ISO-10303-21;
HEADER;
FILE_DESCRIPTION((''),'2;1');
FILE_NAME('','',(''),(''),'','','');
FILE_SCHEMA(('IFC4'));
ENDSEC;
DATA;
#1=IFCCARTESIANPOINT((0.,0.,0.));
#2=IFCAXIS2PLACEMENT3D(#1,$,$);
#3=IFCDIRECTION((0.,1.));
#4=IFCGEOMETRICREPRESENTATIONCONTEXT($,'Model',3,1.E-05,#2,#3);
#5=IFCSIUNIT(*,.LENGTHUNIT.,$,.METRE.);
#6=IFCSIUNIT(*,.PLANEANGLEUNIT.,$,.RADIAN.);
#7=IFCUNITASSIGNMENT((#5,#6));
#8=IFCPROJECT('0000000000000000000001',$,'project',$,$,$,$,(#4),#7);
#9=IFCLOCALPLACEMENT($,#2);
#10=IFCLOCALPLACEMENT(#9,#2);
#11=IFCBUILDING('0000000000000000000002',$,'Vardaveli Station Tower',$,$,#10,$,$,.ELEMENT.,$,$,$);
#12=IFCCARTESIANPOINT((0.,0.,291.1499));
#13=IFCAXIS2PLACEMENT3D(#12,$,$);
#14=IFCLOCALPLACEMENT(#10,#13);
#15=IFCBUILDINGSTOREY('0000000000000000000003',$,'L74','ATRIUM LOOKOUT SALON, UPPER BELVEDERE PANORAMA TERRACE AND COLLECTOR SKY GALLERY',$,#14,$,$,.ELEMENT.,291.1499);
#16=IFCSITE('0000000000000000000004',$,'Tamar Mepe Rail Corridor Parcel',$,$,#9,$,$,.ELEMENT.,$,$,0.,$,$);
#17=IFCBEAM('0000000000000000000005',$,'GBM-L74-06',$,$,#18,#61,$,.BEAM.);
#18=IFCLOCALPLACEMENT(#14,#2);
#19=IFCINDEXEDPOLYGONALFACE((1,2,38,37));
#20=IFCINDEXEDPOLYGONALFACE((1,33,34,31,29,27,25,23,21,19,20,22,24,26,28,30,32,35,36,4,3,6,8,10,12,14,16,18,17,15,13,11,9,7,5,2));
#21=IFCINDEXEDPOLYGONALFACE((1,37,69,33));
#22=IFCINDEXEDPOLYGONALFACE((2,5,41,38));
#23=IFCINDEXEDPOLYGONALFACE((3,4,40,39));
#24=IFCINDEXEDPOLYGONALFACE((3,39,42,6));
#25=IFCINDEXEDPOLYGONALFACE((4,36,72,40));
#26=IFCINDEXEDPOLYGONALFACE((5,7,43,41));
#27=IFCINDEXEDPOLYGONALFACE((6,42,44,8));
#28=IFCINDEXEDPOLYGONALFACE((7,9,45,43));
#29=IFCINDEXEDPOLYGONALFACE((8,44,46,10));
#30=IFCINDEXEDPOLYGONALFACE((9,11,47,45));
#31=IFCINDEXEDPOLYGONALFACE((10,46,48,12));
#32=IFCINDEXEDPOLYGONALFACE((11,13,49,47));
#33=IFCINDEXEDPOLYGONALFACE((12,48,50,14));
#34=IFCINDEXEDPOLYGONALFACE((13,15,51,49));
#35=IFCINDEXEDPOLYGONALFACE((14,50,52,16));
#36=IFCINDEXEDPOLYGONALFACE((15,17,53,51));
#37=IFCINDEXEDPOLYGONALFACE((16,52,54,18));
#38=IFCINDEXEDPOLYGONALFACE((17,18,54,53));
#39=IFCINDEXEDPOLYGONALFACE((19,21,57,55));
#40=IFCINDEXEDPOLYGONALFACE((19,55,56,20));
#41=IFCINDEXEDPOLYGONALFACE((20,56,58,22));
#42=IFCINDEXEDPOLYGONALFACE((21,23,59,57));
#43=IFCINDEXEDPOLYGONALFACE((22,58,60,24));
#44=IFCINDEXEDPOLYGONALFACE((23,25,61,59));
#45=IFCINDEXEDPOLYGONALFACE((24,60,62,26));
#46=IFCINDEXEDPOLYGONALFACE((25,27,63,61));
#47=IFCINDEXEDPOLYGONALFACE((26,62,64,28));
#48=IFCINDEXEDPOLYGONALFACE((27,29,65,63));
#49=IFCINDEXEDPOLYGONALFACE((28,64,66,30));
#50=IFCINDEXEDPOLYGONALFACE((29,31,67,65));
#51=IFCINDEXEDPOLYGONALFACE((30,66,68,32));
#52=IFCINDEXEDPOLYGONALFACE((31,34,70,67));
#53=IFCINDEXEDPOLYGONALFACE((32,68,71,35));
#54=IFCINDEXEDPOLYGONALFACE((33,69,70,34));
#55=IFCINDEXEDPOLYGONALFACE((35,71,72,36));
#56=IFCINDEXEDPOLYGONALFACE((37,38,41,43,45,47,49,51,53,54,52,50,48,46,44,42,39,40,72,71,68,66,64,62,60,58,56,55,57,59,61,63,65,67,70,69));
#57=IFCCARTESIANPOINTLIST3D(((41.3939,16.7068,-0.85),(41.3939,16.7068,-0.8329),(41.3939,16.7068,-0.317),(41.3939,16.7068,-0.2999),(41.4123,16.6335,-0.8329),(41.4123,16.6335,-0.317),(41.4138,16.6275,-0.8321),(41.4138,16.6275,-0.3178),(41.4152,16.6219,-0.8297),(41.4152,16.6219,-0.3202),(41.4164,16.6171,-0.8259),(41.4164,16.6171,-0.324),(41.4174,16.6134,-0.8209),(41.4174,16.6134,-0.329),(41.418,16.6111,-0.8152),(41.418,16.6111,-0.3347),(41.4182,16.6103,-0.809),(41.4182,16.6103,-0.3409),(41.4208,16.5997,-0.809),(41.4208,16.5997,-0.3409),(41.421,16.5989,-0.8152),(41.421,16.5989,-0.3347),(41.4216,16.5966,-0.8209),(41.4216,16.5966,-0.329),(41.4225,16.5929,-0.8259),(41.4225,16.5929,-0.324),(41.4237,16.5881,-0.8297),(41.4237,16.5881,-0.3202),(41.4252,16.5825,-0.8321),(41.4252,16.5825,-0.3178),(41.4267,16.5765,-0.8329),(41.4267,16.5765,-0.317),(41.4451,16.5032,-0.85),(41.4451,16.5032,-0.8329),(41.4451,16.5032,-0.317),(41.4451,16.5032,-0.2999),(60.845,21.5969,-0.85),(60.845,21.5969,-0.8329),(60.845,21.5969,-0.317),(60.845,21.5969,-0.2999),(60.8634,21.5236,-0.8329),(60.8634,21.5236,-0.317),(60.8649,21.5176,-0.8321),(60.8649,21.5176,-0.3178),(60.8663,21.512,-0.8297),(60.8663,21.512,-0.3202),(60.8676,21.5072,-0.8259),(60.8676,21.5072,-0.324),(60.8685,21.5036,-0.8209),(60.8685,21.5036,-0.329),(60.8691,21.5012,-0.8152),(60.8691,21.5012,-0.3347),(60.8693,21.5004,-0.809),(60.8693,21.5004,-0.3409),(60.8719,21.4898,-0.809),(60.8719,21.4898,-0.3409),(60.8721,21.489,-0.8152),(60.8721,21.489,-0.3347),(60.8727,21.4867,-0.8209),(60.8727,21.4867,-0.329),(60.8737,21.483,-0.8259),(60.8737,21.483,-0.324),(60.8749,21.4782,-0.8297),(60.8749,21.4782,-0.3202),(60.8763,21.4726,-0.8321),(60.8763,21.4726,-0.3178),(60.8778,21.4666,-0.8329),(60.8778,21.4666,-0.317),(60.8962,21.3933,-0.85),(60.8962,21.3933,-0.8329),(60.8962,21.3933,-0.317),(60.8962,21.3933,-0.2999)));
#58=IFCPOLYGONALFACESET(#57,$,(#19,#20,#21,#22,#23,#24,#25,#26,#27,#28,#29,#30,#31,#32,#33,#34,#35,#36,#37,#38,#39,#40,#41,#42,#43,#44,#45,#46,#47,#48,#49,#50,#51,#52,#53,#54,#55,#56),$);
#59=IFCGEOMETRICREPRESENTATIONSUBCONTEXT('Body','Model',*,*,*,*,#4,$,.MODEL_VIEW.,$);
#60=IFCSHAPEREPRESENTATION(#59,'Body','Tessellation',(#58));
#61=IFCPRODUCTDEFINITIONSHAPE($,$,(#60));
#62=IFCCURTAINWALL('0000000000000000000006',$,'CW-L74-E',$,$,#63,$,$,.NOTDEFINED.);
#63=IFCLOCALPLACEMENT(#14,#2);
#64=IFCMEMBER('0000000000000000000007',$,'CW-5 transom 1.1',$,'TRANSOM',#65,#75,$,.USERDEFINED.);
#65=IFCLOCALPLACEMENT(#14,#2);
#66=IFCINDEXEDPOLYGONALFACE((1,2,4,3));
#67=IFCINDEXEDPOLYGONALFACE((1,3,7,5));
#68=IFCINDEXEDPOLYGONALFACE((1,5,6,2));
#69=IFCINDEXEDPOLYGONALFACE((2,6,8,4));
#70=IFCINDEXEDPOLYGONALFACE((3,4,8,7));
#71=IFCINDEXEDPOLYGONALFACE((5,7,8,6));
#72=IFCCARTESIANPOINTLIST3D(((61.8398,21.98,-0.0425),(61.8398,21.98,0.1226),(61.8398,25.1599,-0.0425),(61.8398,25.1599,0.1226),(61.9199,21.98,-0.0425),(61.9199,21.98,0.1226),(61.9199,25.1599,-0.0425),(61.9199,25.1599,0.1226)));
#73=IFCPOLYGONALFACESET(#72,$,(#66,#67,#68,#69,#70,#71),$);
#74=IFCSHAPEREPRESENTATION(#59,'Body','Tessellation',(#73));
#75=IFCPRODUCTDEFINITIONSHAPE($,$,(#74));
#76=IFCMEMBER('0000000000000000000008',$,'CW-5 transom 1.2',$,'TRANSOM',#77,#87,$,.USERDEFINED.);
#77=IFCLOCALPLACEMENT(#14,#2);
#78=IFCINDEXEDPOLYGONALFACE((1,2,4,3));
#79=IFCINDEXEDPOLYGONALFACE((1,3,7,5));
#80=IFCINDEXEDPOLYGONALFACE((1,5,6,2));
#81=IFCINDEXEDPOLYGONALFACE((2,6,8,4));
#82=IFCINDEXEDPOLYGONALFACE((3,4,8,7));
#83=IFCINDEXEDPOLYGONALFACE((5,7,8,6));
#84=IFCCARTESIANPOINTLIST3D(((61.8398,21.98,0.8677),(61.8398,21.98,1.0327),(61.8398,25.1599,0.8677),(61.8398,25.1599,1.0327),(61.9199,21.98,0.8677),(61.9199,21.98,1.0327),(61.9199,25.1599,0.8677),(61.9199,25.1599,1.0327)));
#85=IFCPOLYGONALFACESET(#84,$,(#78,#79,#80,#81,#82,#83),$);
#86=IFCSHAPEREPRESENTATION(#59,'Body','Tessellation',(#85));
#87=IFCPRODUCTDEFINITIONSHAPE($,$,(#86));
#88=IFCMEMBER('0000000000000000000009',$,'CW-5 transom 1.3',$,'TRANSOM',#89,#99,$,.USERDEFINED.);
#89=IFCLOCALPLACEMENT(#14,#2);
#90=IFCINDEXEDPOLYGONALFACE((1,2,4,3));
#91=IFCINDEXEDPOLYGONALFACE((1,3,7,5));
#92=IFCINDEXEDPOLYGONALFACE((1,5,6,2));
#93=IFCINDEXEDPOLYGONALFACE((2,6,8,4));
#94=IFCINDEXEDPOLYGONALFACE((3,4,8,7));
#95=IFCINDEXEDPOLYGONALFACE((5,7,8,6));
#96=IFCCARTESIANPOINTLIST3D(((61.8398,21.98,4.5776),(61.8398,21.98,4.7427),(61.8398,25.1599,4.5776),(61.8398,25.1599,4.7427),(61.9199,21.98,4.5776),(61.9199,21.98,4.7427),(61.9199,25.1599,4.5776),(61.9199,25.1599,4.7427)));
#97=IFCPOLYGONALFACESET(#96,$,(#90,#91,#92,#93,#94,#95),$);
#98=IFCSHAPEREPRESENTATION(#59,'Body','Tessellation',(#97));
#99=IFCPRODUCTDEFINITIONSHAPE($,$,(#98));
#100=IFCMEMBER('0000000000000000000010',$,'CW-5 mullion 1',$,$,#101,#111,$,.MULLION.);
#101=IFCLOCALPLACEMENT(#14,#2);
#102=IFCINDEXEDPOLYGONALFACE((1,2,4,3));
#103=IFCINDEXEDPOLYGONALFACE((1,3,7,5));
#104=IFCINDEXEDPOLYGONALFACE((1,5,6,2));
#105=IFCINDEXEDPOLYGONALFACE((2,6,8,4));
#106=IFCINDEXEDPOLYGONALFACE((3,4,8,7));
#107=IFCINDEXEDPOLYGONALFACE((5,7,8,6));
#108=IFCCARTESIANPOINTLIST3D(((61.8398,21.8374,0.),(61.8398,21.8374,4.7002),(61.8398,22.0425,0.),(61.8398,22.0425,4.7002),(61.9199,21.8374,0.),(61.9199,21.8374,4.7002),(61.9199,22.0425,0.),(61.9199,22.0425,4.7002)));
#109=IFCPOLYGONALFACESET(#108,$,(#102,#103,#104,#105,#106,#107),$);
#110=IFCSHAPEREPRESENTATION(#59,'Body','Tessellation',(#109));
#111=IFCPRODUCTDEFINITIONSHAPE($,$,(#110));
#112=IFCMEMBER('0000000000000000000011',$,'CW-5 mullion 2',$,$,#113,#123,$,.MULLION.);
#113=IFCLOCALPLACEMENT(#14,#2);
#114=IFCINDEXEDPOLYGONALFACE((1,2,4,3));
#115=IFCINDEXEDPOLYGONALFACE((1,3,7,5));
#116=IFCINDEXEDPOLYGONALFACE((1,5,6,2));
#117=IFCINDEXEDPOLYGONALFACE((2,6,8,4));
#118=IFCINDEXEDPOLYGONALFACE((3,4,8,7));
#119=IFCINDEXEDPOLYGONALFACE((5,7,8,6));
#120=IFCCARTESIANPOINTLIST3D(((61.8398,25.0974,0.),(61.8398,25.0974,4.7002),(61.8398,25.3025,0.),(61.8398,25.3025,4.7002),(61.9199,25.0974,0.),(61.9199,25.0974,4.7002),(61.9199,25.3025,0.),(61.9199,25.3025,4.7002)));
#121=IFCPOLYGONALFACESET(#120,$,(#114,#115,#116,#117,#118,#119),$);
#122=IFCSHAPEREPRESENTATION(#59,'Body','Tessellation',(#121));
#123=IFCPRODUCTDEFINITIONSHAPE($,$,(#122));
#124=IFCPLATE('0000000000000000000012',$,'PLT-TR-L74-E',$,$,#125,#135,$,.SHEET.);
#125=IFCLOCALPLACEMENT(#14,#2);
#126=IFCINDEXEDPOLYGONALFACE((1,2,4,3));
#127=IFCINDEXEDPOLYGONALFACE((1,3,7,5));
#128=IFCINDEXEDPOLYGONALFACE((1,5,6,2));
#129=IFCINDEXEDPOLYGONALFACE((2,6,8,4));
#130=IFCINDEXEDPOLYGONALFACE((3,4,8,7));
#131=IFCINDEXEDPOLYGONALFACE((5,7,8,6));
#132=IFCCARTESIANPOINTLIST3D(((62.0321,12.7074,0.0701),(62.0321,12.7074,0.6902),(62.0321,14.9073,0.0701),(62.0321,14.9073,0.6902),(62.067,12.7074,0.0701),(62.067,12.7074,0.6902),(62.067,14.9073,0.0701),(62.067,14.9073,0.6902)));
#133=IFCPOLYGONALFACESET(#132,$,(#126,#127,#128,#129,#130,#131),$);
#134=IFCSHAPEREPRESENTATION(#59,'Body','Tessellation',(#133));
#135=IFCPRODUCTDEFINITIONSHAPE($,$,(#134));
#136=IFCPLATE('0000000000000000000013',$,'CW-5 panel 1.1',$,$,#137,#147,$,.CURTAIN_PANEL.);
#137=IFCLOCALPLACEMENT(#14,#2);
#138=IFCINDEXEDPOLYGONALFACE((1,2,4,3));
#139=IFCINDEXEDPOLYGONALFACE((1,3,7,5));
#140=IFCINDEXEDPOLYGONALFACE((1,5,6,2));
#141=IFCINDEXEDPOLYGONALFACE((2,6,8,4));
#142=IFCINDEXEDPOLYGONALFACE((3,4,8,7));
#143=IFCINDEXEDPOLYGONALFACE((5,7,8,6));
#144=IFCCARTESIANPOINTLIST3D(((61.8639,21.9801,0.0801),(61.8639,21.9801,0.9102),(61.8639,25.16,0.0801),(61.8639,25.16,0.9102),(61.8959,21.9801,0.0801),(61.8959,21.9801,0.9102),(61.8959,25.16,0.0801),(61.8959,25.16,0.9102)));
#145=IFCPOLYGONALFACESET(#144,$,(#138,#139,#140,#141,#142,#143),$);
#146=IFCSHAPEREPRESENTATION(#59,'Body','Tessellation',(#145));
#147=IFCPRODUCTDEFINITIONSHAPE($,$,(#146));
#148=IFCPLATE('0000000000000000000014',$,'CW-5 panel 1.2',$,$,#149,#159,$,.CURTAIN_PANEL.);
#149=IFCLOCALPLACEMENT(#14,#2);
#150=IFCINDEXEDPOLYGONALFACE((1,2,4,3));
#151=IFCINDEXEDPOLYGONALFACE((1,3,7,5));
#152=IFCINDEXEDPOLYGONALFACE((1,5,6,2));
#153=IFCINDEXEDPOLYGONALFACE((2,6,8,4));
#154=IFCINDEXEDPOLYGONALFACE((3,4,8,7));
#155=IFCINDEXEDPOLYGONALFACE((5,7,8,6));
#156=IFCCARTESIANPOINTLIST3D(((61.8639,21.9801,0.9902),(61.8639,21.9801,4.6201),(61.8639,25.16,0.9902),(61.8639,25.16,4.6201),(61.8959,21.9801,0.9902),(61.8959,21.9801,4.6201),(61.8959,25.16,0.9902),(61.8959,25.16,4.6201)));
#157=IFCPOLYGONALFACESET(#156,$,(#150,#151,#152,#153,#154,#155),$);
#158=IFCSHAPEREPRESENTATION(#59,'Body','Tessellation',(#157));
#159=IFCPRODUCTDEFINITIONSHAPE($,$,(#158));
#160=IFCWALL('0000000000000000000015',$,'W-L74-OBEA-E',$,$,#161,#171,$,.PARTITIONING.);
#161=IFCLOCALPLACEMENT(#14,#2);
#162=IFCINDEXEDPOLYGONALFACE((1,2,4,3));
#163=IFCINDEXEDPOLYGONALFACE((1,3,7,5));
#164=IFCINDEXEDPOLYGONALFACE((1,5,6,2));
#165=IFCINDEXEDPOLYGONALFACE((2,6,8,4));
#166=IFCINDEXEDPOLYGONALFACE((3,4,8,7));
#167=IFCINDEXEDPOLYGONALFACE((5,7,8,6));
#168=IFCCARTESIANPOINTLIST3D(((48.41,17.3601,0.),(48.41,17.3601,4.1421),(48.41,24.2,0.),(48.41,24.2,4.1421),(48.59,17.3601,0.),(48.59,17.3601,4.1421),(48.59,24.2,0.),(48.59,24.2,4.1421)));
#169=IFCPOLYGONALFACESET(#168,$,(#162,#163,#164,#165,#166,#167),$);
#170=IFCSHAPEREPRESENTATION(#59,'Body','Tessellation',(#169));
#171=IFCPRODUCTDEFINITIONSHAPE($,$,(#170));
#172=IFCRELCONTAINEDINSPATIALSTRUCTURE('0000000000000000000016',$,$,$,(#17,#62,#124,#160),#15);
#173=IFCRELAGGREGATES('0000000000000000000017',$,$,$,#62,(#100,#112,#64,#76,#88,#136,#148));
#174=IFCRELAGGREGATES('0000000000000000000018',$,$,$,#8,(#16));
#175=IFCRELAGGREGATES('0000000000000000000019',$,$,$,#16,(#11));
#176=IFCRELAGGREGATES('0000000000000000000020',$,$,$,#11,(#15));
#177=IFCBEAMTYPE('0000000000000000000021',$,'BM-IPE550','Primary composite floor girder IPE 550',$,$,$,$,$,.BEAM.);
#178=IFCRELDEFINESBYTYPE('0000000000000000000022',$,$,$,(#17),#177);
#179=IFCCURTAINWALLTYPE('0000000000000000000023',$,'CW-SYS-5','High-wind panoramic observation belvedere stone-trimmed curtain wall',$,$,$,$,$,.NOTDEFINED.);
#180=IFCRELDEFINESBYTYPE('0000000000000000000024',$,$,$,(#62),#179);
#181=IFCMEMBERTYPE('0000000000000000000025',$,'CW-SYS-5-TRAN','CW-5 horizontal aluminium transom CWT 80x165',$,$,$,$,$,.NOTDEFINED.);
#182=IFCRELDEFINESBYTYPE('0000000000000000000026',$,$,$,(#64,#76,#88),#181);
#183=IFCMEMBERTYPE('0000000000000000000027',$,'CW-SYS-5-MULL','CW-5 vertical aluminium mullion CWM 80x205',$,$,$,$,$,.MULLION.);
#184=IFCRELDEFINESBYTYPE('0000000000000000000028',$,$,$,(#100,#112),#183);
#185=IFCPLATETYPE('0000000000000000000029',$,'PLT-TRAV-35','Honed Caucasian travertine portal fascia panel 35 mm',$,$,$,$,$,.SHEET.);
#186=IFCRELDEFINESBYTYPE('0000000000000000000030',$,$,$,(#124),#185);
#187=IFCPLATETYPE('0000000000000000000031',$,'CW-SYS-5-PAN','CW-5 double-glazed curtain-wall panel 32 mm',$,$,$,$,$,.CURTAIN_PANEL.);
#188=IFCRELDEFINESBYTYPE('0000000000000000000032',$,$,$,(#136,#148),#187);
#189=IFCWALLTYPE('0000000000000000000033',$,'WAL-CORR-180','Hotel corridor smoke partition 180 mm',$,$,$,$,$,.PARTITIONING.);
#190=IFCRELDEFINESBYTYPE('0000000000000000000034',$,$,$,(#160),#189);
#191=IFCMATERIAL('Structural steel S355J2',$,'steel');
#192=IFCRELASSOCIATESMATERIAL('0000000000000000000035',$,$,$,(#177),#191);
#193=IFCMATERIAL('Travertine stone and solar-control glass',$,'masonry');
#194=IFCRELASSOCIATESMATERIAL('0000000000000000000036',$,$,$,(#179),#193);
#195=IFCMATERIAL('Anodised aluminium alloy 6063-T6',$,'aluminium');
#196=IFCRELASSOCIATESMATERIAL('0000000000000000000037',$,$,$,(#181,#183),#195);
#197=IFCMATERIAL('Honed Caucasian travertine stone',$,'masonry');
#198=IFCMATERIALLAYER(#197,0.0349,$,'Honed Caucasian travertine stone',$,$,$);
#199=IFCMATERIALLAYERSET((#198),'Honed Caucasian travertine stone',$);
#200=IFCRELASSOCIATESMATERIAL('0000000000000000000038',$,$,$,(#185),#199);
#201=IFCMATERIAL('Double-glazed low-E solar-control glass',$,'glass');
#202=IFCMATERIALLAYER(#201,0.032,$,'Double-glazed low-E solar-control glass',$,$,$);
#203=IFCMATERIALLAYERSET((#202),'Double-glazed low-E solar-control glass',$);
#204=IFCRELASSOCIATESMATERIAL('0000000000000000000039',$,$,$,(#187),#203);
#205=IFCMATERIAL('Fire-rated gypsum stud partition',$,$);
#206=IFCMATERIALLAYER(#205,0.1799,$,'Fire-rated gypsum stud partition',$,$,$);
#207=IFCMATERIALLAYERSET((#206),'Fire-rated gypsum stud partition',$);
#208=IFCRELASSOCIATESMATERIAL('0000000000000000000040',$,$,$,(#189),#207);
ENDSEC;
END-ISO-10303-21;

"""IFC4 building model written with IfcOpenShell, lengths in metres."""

from ifc_helpers import new_model, si_unit, direction, frame, frame_2d, origin, origin_2d, place, context, subcontext, project, spatial, rectangle, i_section, extrude, source, transform, mapped, material, layer, layer_set, material_profile, profile_set, type_object, element, aggregate, save


model = new_model("IFC4")

# Units and contexts
model_context = context("Model", 3, precision=1e-05, world=origin(), true_north=direction((0.0, 1.0)))
body_context = subcontext(model_context, "Body", "Model", "MODEL_VIEW")
ifc_project = project(units=[si_unit("LENGTHUNIT", "METRE"), si_unit("PLANEANGLEUNIT", "RADIAN")], contexts=[model_context])

# Site, building, storey
site_placement = place(None, origin())
site = spatial("IfcSite", under=ifc_project, at=site_placement, Name="Tamar Mepe Rail Corridor Parcel", CompositionType="ELEMENT", RefElevation=0.0)
building_placement = place(site_placement, origin())
building = spatial("IfcBuilding", under=site, at=building_placement, Name="Vardaveli Station Tower", CompositionType="ELEMENT")
storey_placement = place(building_placement, frame((0.0, 0.0, 291.1499)))
storey = spatial("IfcBuildingStorey", under=building, at=storey_placement, Name="L74", Description="ATRIUM LOOKOUT SALON, UPPER BELVEDERE PANORAMA TERRACE AND COLLECTOR SKY GALLERY", CompositionType="ELEMENT", Elevation=291.1499)

# Shared definitions
ifc_material_1 = material(Name="Structural steel S355J2", Category="steel")

# Beam
ifc_material_profile_1 = material_profile(ifc_material_1, i_section(OverallWidth=0.21, OverallDepth=0.55, WebThickness=0.011, FlangeThickness=0.0171, FilletRadius=0.0239, at=origin_2d()), Name="IPE 550")
ifc_profile_set_1 = profile_set([ifc_material_profile_1], Name="Structural steel S355J2")
beam_type_1 = type_object("IfcBeamType", Name="BM-IPE550", Description="Primary composite floor girder IPE 550", PredefinedType="BEAM", material=ifc_profile_set_1)
shared_shape_1 = source(origin(), body_context, "Body", "SweptSolid", [
    extrude(i_section(OverallWidth=0.21, OverallDepth=0.55, WebThickness=0.011, FlangeThickness=0.0171, FilletRadius=0.0239, at=origin_2d()), origin(), (0.0, 0.0, 1.0), 20.0564),
])
beam_1_placement = place(storey_placement, frame((60.8706, 21.4951, -0.575), z_axis=(-0.969821, -0.243819, 0.0), x_axis=(0.243819, -0.969821, 0.0)))
element("IfcBeam", 1, at=beam_1_placement, inside=storey, type_object=beam_type_1, Name="GBM-L74-06", PredefinedType="BEAM", context=body_context, shape_type="MappedRepresentation", body=[
    mapped(shared_shape_1, transform((0.0, 0.0, 0.0), scale=1.0)),
])

# Curtain wall, members
ifc_material_2 = material(Name="Travertine stone and solar-control glass", Category="masonry")
curtain_wall_type = type_object("IfcCurtainWallType", Name="CW-SYS-5", Description="High-wind panoramic observation belvedere stone-trimmed curtain wall", PredefinedType="NOTDEFINED", material=ifc_material_2)
curtain_wall_placement = place(storey_placement, origin())
curtain_wall = element("IfcCurtainWall", 2, at=curtain_wall_placement, inside=storey, type_object=curtain_wall_type, Name="CW-L74-E", PredefinedType="NOTDEFINED")
ifc_material_3 = material(Name="Anodised aluminium alloy 6063-T6", Category="aluminium")
ifc_material_profile_2 = material_profile(ifc_material_3, rectangle(XDim=0.0801, YDim=0.165, at=origin_2d()), Name="CWT 80x165")
ifc_profile_set_2 = profile_set([ifc_material_profile_2], Name="Anodised aluminium alloy 6063-T6")
member_type_1 = type_object("IfcMemberType", Name="CW-SYS-5-TRAN", Description="CW-5 horizontal aluminium transom CWT 80x165", PredefinedType="NOTDEFINED", material=ifc_profile_set_2)
shared_shape_2 = source(origin(), body_context, "Body", "SweptSolid", [
    extrude(rectangle(XDim=0.0801, YDim=0.165, at=origin_2d()), origin(), (0.0, 0.0, 1.0), 3.1799),
])
member_1_placement = place(storey_placement, frame((61.8799, 21.98, 0.04), z_axis=(0.0, 1.0, 0.0), x_axis=(-1.0, 0.0, 0.0)))
member_1 = element("IfcMember", 3, at=member_1_placement, type_object=member_type_1, Name="CW-5 transom 1.1", ObjectType="TRANSOM", PredefinedType="USERDEFINED", context=body_context, shape_type="MappedRepresentation", body=[
    mapped(shared_shape_2, transform((0.0, 0.0, 0.0), scale=1.0)),
])
member_2_placement = place(storey_placement, frame((61.8799, 21.98, 0.9502), z_axis=(0.0, 1.0, 0.0), x_axis=(-1.0, 0.0, 0.0)))
member_2 = element("IfcMember", 4, at=member_2_placement, type_object=member_type_1, Name="CW-5 transom 1.2", ObjectType="TRANSOM", PredefinedType="USERDEFINED", context=body_context, shape_type="MappedRepresentation", body=[
    mapped(shared_shape_2, transform((0.0, 0.0, 0.0), scale=1.0)),
])
member_3_placement = place(storey_placement, frame((61.8799, 21.98, 4.6602), z_axis=(0.0, 1.0, 0.0), x_axis=(-1.0, 0.0, 0.0)))
member_3 = element("IfcMember", 5, at=member_3_placement, type_object=member_type_1, Name="CW-5 transom 1.3", ObjectType="TRANSOM", PredefinedType="USERDEFINED", context=body_context, shape_type="MappedRepresentation", body=[
    mapped(shared_shape_2, transform((0.0, 0.0, 0.0), scale=1.0)),
])
ifc_material_profile_3 = material_profile(ifc_material_3, rectangle(XDim=0.0801, YDim=0.2051, at=origin_2d()), Name="CWM 80x205")
ifc_profile_set_3 = profile_set([ifc_material_profile_3], Name="Anodised aluminium alloy 6063-T6")
member_type_2 = type_object("IfcMemberType", Name="CW-SYS-5-MULL", Description="CW-5 vertical aluminium mullion CWM 80x205", PredefinedType="MULLION", material=ifc_profile_set_3)
shared_shape_3 = source(origin(), body_context, "Body", "SweptSolid", [
    extrude(rectangle(XDim=0.0801, YDim=0.2051, at=origin_2d()), origin(), (0.0, 0.0, 1.0), 4.7002),
])
member_4_placement = place(storey_placement, frame((61.8799, 21.9399, 0.0), z_axis=(0.0, 0.0, 1.0), x_axis=(-1.0, 0.0, 0.0)))
member_4 = element("IfcMember", 6, at=member_4_placement, type_object=member_type_2, Name="CW-5 mullion 1", PredefinedType="MULLION", context=body_context, shape_type="MappedRepresentation", body=[
    mapped(shared_shape_3, transform((0.0, 0.0, 0.0), scale=1.0)),
])
member_5_placement = place(storey_placement, frame((61.8799, 25.2, 0.0), z_axis=(0.0, 0.0, 1.0), x_axis=(-1.0, 0.0, 0.0)))
member_5 = element("IfcMember", 7, at=member_5_placement, type_object=member_type_2, Name="CW-5 mullion 2", PredefinedType="MULLION", context=body_context, shape_type="MappedRepresentation", body=[
    mapped(shared_shape_3, transform((0.0, 0.0, 0.0), scale=1.0)),
])

# Plates
ifc_material_4 = material(Name="Honed Caucasian travertine stone", Category="masonry")
ifc_layer_1 = layer(ifc_material_4, 0.0349, Name="Honed Caucasian travertine stone")
ifc_layer_set_1 = layer_set([ifc_layer_1], Name="Honed Caucasian travertine stone")
plate_type_1 = type_object("IfcPlateType", Name="PLT-TRAV-35", Description="Honed Caucasian travertine portal fascia panel 35 mm", PredefinedType="SHEET", material=ifc_layer_set_1)
shared_shape_4 = source(origin(), body_context, "Body", "SweptSolid", [
    extrude(rectangle(XDim=2.2, YDim=0.0349, at=origin_2d()), origin(), (0.0, 0.0, 1.0), 0.6201),
])
plate_1_placement = place(storey_placement, frame((62.0496, 13.8074, 0.0701), z_axis=(0.0, 0.0, 1.0), x_axis=(0.0, 1.0, 0.0)))
element("IfcPlate", 8, at=plate_1_placement, inside=storey, type_object=plate_type_1, Name="PLT-TR-L74-E", PredefinedType="SHEET", context=body_context, shape_type="MappedRepresentation", body=[
    mapped(shared_shape_4, transform((0.0, 0.0, 0.0), scale=1.0)),
])
ifc_material_5 = material(Name="Double-glazed low-E solar-control glass", Category="glass")
ifc_layer_2 = layer(ifc_material_5, 0.032, Name="Double-glazed low-E solar-control glass")
ifc_layer_set_2 = layer_set([ifc_layer_2], Name="Double-glazed low-E solar-control glass")
plate_type_2 = type_object("IfcPlateType", Name="CW-SYS-5-PAN", Description="CW-5 double-glazed curtain-wall panel 32 mm", PredefinedType="CURTAIN_PANEL", material=ifc_layer_set_2)
shared_shape_5 = source(origin(), body_context, "Body", "SweptSolid", [
    extrude(rectangle(XDim=3.1799, YDim=0.032, at=origin_2d()), origin(), (0.0, 0.0, 1.0), 0.8301),
])
plate_2_placement = place(storey_placement, frame((61.8799, 23.5701, 0.0801), z_axis=(0.0, 0.0, 1.0), x_axis=(0.0, 1.0, 0.0)))
plate_2 = element("IfcPlate", 9, at=plate_2_placement, type_object=plate_type_2, Name="CW-5 panel 1.1", PredefinedType="CURTAIN_PANEL", context=body_context, shape_type="MappedRepresentation", body=[
    mapped(shared_shape_5, transform((0.0, 0.0, 0.0), scale=1.0)),
])
shared_shape_6 = source(origin(), body_context, "Body", "SweptSolid", [
    extrude(rectangle(XDim=3.1799, YDim=0.032, at=origin_2d()), origin(), (0.0, 0.0, 1.0), 3.6299),
])
plate_3_placement = place(storey_placement, frame((61.8799, 23.5701, 0.9902), z_axis=(0.0, 0.0, 1.0), x_axis=(0.0, 1.0, 0.0)))
plate_3 = element("IfcPlate", 10, at=plate_3_placement, type_object=plate_type_2, Name="CW-5 panel 1.2", PredefinedType="CURTAIN_PANEL", context=body_context, shape_type="MappedRepresentation", body=[
    mapped(shared_shape_6, transform((0.0, 0.0, 0.0), scale=1.0)),
])
aggregate(curtain_wall, [member_4, member_5, member_1, member_2, member_3, plate_2, plate_3])

# Wall
ifc_material_6 = material(Name="Fire-rated gypsum stud partition")
ifc_layer_3 = layer(ifc_material_6, 0.1799, Name="Fire-rated gypsum stud partition")
ifc_layer_set_3 = layer_set([ifc_layer_3], Name="Fire-rated gypsum stud partition")
wall_type_1 = type_object("IfcWallType", Name="WAL-CORR-180", Description="Hotel corridor smoke partition 180 mm", PredefinedType="PARTITIONING", material=ifc_layer_set_3)
shared_shape_7 = source(origin(), body_context, "Body", "SweptSolid", [
    extrude(rectangle(XDim=6.8398, YDim=0.1799, at=frame_2d((3.4199, 0.0))), origin(), (0.0, 0.0, 1.0), 4.1421),
])
wall_1_placement = place(storey_placement, frame((48.5, 17.3601, 0.0), z_axis=(0.0, 0.0, 1.0), x_axis=(0.0, 1.0, 0.0)))
element("IfcWall", 11, at=wall_1_placement, inside=storey, type_object=wall_type_1, Name="W-L74-OBEA-E", PredefinedType="PARTITIONING", context=body_context, shape_type="MappedRepresentation", body=[
    mapped(shared_shape_7, transform((0.0, 0.0, 0.0), scale=1.0)),
])

save(model, "model.ifc")
